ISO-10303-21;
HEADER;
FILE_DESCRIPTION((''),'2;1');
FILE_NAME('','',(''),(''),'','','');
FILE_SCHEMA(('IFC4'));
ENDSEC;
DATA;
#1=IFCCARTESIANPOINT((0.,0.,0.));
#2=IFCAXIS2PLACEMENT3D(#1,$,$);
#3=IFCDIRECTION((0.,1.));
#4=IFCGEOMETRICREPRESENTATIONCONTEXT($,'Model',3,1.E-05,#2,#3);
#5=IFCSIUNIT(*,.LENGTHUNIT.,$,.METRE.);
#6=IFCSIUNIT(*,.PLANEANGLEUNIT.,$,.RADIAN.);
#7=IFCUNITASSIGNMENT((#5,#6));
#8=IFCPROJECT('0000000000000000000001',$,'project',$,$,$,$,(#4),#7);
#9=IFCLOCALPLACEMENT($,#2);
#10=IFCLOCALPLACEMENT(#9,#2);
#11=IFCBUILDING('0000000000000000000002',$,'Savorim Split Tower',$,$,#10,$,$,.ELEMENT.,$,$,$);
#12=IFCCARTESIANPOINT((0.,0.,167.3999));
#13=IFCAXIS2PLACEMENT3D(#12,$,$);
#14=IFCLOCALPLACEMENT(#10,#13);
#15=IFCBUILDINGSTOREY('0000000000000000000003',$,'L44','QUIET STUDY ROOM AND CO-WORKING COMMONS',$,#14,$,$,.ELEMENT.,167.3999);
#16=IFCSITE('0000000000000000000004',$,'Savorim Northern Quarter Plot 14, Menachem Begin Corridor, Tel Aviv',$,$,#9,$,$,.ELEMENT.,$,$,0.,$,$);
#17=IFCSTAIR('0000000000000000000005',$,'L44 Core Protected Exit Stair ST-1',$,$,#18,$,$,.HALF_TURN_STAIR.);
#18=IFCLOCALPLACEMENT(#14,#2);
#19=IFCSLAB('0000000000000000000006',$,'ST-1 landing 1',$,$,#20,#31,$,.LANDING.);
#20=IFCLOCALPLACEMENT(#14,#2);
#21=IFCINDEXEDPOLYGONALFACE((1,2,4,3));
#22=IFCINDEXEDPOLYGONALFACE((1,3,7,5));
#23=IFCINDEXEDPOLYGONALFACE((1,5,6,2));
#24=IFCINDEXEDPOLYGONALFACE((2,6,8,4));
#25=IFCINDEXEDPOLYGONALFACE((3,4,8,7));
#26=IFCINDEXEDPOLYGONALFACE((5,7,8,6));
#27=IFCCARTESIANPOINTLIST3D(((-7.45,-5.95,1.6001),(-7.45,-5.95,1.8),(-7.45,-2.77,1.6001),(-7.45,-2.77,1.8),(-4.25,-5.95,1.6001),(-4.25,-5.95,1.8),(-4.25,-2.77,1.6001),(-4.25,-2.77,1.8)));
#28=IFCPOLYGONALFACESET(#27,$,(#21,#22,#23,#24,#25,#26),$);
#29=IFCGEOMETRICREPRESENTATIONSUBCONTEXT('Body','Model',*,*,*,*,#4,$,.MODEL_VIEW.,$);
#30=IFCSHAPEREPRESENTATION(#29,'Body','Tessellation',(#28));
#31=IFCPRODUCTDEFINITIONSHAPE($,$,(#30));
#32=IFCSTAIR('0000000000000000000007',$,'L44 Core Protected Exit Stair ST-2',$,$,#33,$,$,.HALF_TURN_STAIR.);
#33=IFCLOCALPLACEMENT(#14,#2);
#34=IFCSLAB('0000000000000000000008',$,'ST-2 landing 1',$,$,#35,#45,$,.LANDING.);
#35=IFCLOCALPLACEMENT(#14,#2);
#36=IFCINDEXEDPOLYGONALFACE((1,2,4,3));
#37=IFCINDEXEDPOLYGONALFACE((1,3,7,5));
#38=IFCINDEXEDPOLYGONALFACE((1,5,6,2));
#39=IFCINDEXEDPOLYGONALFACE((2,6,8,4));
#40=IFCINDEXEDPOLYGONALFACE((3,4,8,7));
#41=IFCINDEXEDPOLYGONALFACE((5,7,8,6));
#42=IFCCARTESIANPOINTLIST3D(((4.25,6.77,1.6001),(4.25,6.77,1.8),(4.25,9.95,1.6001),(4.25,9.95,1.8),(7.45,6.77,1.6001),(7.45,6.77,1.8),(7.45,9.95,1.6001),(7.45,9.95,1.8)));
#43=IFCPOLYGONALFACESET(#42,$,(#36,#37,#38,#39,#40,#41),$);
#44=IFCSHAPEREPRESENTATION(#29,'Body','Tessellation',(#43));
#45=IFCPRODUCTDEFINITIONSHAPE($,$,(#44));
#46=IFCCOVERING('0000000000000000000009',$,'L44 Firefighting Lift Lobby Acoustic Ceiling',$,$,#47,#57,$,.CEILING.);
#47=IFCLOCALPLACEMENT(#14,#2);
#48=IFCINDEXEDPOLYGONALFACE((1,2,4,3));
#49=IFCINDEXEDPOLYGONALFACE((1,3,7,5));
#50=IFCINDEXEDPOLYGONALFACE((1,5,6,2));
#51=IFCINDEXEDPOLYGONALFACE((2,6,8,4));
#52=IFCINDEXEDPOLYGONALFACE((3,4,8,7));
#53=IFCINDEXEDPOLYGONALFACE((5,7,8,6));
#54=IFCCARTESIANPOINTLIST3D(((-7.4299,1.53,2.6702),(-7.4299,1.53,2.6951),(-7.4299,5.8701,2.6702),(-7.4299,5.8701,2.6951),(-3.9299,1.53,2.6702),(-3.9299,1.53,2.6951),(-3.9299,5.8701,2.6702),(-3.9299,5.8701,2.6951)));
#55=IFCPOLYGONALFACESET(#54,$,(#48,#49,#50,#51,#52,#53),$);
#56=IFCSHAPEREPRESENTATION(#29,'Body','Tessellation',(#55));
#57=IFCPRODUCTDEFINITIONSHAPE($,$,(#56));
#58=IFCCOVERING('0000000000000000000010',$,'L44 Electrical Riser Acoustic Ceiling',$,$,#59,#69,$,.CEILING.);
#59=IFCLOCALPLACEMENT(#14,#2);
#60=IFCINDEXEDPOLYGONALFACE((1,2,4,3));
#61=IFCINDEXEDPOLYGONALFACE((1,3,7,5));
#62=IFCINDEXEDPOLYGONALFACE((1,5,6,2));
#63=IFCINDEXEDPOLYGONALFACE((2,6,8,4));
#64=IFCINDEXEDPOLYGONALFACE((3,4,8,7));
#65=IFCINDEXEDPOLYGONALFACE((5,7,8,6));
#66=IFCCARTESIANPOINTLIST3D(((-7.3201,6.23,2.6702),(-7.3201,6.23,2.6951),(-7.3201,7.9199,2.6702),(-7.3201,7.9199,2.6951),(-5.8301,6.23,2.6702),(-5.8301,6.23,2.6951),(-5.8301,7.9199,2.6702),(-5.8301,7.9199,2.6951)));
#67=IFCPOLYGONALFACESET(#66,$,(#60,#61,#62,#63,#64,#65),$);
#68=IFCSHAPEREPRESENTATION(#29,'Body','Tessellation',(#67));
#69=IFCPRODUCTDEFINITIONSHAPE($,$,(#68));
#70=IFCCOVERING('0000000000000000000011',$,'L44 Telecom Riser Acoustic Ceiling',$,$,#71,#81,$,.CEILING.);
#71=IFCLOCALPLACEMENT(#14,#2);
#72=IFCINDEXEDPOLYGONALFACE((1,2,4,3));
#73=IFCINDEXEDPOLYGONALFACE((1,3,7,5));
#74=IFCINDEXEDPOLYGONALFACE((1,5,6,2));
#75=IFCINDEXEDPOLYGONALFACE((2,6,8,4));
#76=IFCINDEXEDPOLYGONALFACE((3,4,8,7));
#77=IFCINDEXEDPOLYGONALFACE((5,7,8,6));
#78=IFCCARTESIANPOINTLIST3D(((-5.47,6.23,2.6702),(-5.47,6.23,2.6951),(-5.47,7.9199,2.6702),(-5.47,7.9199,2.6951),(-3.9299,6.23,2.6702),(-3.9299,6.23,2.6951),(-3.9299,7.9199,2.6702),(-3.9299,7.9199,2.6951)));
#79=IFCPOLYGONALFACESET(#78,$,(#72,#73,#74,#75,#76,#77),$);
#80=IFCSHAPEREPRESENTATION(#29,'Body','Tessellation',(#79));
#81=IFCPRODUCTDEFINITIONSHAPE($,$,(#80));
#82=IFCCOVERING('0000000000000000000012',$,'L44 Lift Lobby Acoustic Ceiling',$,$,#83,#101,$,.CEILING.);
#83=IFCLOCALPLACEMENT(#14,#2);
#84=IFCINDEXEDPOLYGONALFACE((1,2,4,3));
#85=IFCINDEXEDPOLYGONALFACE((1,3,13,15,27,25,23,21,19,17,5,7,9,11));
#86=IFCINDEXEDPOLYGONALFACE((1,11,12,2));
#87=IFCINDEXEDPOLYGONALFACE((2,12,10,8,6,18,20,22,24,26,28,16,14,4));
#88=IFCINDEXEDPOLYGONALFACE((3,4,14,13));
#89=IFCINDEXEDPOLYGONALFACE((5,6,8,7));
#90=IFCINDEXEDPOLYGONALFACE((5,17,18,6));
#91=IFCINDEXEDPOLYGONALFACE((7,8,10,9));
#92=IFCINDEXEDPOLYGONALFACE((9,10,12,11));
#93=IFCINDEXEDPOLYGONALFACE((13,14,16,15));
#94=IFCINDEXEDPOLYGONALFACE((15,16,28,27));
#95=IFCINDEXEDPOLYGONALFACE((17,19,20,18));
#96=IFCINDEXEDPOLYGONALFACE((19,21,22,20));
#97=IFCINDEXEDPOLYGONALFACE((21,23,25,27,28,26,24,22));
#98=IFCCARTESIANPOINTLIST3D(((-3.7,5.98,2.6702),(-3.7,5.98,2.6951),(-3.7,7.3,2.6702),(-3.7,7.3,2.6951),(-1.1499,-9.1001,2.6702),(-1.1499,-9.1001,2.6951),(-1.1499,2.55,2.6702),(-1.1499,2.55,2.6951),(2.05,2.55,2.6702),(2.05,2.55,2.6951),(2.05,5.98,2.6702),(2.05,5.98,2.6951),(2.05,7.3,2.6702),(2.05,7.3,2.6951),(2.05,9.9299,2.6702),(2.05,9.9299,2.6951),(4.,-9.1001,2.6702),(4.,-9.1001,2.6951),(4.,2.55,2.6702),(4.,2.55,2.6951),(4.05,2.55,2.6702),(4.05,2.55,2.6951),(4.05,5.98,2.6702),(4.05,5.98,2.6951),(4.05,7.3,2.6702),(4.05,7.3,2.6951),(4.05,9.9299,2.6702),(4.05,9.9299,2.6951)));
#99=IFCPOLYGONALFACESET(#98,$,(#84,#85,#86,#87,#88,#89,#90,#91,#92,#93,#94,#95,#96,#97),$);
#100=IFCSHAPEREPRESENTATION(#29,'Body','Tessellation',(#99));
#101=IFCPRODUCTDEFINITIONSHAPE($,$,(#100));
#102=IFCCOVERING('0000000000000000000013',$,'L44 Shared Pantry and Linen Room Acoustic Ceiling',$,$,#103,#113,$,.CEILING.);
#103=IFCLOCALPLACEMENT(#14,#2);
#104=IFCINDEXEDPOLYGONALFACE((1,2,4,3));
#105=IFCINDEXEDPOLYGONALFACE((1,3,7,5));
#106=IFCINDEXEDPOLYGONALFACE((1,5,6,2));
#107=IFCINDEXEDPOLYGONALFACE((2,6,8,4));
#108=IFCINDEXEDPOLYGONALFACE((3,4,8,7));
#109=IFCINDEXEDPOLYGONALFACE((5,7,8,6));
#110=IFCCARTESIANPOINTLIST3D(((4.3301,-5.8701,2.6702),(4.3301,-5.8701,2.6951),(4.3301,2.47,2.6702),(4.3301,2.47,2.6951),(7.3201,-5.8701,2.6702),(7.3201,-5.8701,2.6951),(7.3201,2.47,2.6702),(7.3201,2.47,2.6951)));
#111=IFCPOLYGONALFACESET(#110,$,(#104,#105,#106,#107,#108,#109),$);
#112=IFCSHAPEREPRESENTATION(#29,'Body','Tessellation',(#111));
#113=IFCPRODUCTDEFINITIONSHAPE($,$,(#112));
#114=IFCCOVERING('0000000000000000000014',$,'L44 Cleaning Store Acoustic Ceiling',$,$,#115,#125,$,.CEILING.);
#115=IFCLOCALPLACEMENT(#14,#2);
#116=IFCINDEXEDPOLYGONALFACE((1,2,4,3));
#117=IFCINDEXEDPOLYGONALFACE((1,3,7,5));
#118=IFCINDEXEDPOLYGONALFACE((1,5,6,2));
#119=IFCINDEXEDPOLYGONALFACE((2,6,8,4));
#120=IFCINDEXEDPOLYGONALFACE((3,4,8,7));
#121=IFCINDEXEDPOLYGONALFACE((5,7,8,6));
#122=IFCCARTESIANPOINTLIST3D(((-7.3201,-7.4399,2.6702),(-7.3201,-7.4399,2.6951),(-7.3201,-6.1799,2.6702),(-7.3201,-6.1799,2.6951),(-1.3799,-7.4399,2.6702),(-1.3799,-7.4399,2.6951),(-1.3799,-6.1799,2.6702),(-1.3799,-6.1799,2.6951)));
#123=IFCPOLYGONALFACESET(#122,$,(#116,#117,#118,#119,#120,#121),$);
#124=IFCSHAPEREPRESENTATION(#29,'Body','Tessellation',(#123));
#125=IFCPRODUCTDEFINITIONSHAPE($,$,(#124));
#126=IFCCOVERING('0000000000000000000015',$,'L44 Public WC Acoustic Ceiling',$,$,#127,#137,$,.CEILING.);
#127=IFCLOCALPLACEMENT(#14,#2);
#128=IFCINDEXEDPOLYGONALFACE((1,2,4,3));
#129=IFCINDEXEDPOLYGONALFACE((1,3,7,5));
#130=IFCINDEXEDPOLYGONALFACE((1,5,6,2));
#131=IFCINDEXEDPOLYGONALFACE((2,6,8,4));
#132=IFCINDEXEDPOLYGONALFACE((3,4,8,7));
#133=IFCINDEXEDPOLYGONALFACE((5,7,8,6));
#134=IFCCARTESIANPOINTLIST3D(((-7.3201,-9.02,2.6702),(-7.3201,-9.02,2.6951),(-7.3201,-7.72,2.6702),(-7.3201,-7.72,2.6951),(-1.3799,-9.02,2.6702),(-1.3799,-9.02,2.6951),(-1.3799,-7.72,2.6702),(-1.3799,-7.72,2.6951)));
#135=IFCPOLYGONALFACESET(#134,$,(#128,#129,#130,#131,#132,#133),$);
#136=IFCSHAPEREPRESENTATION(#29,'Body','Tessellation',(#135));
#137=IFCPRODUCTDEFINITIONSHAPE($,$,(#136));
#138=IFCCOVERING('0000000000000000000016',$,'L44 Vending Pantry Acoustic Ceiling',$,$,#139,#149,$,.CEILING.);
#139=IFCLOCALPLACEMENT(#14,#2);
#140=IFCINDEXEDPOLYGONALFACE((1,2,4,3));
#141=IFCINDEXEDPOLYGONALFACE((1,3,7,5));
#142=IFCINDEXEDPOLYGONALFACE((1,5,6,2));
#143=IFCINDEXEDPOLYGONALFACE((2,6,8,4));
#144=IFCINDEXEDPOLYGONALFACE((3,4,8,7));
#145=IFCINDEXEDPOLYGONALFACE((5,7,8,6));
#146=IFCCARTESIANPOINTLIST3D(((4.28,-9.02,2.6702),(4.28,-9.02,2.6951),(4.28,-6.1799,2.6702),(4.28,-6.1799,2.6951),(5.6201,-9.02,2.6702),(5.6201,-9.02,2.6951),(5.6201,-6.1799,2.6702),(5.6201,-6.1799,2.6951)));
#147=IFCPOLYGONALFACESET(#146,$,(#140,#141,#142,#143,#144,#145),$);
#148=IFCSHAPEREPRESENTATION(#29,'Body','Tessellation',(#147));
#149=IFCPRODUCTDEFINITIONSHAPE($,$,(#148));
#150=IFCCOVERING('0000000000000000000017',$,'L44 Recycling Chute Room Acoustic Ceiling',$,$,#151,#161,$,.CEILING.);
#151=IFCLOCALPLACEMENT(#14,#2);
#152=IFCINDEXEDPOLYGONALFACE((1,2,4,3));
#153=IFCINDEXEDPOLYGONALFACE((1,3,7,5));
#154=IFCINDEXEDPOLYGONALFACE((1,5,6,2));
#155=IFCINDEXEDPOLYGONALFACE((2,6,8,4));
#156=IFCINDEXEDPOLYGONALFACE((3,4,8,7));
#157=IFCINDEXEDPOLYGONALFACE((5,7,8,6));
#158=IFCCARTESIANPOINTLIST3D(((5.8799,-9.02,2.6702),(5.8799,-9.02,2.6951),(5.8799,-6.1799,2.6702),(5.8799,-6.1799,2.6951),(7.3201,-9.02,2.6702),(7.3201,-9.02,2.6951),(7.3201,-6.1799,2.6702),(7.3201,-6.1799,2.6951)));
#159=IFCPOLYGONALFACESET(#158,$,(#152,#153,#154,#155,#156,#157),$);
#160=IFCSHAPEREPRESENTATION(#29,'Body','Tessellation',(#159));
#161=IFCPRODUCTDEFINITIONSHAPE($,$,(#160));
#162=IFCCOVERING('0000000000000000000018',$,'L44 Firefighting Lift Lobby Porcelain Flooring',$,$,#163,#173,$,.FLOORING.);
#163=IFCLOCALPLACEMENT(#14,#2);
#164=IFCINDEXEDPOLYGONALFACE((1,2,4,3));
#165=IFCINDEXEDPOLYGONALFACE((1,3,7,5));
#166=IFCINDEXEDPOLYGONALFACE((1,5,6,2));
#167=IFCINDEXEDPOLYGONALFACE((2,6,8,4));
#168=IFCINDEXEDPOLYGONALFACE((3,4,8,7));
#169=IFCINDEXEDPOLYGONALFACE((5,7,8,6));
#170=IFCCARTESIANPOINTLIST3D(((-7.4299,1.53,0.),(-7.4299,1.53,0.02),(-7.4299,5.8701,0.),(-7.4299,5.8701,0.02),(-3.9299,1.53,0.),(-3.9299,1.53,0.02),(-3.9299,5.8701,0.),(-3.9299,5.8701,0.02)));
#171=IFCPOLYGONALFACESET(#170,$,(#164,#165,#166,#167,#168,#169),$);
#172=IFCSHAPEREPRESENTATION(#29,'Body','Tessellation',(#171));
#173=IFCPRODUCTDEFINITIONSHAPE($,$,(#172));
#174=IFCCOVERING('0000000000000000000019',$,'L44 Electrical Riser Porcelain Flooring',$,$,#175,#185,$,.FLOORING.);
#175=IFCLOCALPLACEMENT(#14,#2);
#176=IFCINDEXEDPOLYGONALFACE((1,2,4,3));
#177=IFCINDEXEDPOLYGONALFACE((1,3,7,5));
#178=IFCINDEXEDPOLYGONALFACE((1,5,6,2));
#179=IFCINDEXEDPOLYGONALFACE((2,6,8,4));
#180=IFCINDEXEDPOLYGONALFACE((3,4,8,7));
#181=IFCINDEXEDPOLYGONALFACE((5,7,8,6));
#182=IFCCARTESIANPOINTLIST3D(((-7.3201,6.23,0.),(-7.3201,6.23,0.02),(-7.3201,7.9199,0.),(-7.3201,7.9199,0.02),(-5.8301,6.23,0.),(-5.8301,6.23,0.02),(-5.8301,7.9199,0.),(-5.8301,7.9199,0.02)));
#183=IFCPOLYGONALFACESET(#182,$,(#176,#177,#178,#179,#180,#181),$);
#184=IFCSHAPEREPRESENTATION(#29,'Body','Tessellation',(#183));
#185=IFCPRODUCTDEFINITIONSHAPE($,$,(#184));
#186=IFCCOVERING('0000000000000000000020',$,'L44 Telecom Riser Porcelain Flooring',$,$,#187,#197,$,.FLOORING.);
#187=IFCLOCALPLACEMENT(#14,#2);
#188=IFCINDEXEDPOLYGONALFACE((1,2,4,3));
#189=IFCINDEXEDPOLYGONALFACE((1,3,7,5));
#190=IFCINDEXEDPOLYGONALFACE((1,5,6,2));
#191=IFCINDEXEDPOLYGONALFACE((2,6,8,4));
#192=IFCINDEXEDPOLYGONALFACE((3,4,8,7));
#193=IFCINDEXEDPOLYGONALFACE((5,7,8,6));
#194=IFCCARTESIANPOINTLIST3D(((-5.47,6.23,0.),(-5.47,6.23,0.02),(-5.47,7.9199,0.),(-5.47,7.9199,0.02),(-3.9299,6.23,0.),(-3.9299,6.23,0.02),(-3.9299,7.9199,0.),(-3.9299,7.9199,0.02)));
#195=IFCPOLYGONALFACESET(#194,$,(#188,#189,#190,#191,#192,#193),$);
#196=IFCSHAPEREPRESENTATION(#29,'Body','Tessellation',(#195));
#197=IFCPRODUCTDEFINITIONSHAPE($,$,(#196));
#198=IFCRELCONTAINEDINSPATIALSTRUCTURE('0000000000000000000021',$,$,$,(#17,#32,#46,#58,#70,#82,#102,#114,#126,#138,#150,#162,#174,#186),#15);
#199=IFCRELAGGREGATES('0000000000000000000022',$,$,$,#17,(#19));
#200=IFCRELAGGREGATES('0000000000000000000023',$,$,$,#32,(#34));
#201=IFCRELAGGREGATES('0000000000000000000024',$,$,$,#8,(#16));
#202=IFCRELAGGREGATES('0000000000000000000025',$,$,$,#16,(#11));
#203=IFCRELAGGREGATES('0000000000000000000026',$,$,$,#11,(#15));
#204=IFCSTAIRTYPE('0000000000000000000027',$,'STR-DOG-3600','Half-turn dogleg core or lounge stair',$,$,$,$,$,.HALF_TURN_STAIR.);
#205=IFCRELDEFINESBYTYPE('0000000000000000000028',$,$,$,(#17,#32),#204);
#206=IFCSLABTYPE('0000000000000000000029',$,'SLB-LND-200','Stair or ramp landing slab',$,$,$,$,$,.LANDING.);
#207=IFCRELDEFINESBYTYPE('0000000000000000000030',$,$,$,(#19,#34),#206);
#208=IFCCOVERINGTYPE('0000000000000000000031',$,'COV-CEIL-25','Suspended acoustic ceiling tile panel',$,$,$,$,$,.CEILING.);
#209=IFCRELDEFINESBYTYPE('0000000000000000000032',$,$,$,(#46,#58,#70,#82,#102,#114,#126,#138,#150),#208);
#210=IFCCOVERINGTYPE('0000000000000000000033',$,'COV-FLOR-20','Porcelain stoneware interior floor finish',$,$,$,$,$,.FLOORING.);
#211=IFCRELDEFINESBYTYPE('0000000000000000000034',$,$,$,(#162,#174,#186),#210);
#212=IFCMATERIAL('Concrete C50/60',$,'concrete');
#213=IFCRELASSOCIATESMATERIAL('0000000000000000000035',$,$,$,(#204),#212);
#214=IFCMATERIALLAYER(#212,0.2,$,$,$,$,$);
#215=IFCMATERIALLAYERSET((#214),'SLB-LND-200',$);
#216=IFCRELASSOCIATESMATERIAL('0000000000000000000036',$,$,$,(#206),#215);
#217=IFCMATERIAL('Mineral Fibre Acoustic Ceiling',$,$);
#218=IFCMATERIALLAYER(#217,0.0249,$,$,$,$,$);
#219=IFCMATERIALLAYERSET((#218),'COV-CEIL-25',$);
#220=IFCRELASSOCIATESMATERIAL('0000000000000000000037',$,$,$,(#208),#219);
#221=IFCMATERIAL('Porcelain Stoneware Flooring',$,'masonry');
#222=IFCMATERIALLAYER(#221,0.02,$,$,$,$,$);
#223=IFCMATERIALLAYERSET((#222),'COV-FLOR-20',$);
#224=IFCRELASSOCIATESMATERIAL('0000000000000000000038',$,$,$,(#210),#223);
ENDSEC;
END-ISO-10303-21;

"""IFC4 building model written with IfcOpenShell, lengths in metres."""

from ifc_helpers import new_model, si_unit, direction, frame, origin, place, context, subcontext, project, spatial, polyline, outline, extrude, material, layer, layer_set, type_object, element, aggregate, save


model = new_model("IFC4")

# Units and contexts
model_context = context("Model", 3, precision=1e-05, world=origin(), true_north=direction((0.0, 1.0)))
body_context = subcontext(model_context, "Body", "Model", "MODEL_VIEW")
ifc_project = project(units=[si_unit("LENGTHUNIT", "METRE"), si_unit("PLANEANGLEUNIT", "RADIAN")], contexts=[model_context])

# Site, building, storey
site_placement = place(None, origin())
site = spatial("IfcSite", under=ifc_project, at=site_placement, Name="Savorim Northern Quarter Plot 14, Menachem Begin Corridor, Tel Aviv", CompositionType="ELEMENT", RefElevation=0.0)
building_placement = place(site_placement, origin())
building = spatial("IfcBuilding", under=site, at=building_placement, Name="Savorim Split Tower", CompositionType="ELEMENT")
storey_placement = place(building_placement, frame((0.0, 0.0, 167.3999)))
storey = spatial("IfcBuildingStorey", under=building, at=storey_placement, Name="L44", Description="QUIET STUDY ROOM AND CO-WORKING COMMONS", CompositionType="ELEMENT", Elevation=167.3999)

# Stairs, slabs
ifc_material_1 = material(Name="Concrete C50/60", Category="concrete")
stair_type = type_object("IfcStairType", Name="STR-DOG-3600", Description="Half-turn dogleg core or lounge stair", PredefinedType="HALF_TURN_STAIR", material=ifc_material_1)
stair_1_placement = place(storey_placement, origin())
stair_1 = element("IfcStair", 1, at=stair_1_placement, inside=storey, type_object=stair_type, Name="L44 Core Protected Exit Stair ST-1", PredefinedType="HALF_TURN_STAIR")
ifc_layer_1 = layer(ifc_material_1, 0.2)
ifc_layer_set_1 = layer_set([ifc_layer_1], Name="SLB-LND-200")
slab_type = type_object("IfcSlabType", Name="SLB-LND-200", Description="Stair or ramp landing slab", PredefinedType="LANDING", material=ifc_layer_set_1)
slab_1_placement = place(storey_placement, frame((0.0, 0.0, 1.6001)))
slab_1 = element("IfcSlab", 2, at=slab_1_placement, type_object=slab_type, Name="ST-1 landing 1", PredefinedType="LANDING", context=body_context, shape_type="SweptSolid", body=[
    extrude(outline(polyline([(-7.45, -2.77), (-7.45, -5.95), (-4.25, -5.95), (-4.25, -2.77), (-7.45, -2.77)])), origin(), (0.0, 0.0, 1.0), 0.2),
])
aggregate(stair_1, [slab_1])
stair_2_placement = place(storey_placement, origin())
stair_2 = element("IfcStair", 3, at=stair_2_placement, inside=storey, type_object=stair_type, Name="L44 Core Protected Exit Stair ST-2", PredefinedType="HALF_TURN_STAIR")
slab_2_placement = place(storey_placement, frame((0.0, 0.0, 1.6001)))
slab_2 = element("IfcSlab", 4, at=slab_2_placement, type_object=slab_type, Name="ST-2 landing 1", PredefinedType="LANDING", context=body_context, shape_type="SweptSolid", body=[
    extrude(outline(polyline([(7.45, 6.77), (7.45, 9.95), (4.25, 9.95), (4.25, 6.77), (7.45, 6.77)])), origin(), (0.0, 0.0, 1.0), 0.2),
])
aggregate(stair_2, [slab_2])

# Coverings
ifc_material_2 = material(Name="Mineral Fibre Acoustic Ceiling")
ifc_layer_2 = layer(ifc_material_2, 0.0249)
ifc_layer_set_2 = layer_set([ifc_layer_2], Name="COV-CEIL-25")
covering_type_1 = type_object("IfcCoveringType", Name="COV-CEIL-25", Description="Suspended acoustic ceiling tile panel", PredefinedType="CEILING", material=ifc_layer_set_2)
covering_1_placement = place(storey_placement, frame((0.0, 0.0, 2.6702)))
element("IfcCovering", 5, at=covering_1_placement, inside=storey, type_object=covering_type_1, Name="L44 Firefighting Lift Lobby Acoustic Ceiling", PredefinedType="CEILING", context=body_context, shape_type="SweptSolid", body=[
    extrude(outline(polyline([(-7.4299, 5.8701), (-7.4299, 1.53), (-3.9299, 1.53), (-3.9299, 5.8701), (-7.4299, 5.8701)])), origin(), (0.0, 0.0, 1.0), 0.0249),
])
covering_2_placement = place(storey_placement, frame((0.0, 0.0, 2.6702)))
element("IfcCovering", 6, at=covering_2_placement, inside=storey, type_object=covering_type_1, Name="L44 Electrical Riser Acoustic Ceiling", PredefinedType="CEILING", context=body_context, shape_type="SweptSolid", body=[
    extrude(outline(polyline([(-7.3201, 7.9199), (-7.3201, 6.23), (-5.8301, 6.23), (-5.8301, 7.9199), (-7.3201, 7.9199)])), origin(), (0.0, 0.0, 1.0), 0.0249),
])
covering_3_placement = place(storey_placement, frame((0.0, 0.0, 2.6702)))
element("IfcCovering", 7, at=covering_3_placement, inside=storey, type_object=covering_type_1, Name="L44 Telecom Riser Acoustic Ceiling", PredefinedType="CEILING", context=body_context, shape_type="SweptSolid", body=[
    extrude(outline(polyline([(-5.47, 7.9199), (-5.47, 6.23), (-3.9299, 6.23), (-3.9299, 7.9199), (-5.47, 7.9199)])), origin(), (0.0, 0.0, 1.0), 0.0249),
])
covering_4_placement = place(storey_placement, frame((0.0, 0.0, 2.6702)))
element("IfcCovering", 8, at=covering_4_placement, inside=storey, type_object=covering_type_1, Name="L44 Lift Lobby Acoustic Ceiling", PredefinedType="CEILING", context=body_context, shape_type="SweptSolid", body=[
    extrude(outline(polyline([(2.05, 2.55), (-1.1499, 2.55), (-1.1499, -9.1001), (4.0, -9.1001), (4.0, 2.55), (4.05, 2.55), (4.05, 5.98), (4.05, 7.3), (4.05, 9.9299), (2.05, 9.9299), (2.05, 7.3), (-3.7, 7.3), (-3.7, 5.98), (2.05, 5.98), (2.05, 2.55)])), origin(), (0.0, 0.0, 1.0), 0.0249),
])
covering_5_placement = place(storey_placement, frame((0.0, 0.0, 2.6702)))
element("IfcCovering", 9, at=covering_5_placement, inside=storey, type_object=covering_type_1, Name="L44 Shared Pantry and Linen Room Acoustic Ceiling", PredefinedType="CEILING", context=body_context, shape_type="SweptSolid", body=[
    extrude(outline(polyline([(4.3301, 2.47), (4.3301, -5.8701), (7.3201, -5.8701), (7.3201, 2.47), (4.3301, 2.47)])), origin(), (0.0, 0.0, 1.0), 0.0249),
])
covering_6_placement = place(storey_placement, frame((0.0, 0.0, 2.6702)))
element("IfcCovering", 10, at=covering_6_placement, inside=storey, type_object=covering_type_1, Name="L44 Cleaning Store Acoustic Ceiling", PredefinedType="CEILING", context=body_context, shape_type="SweptSolid", body=[
    extrude(outline(polyline([(-7.3201, -6.1799), (-7.3201, -7.4399), (-1.3799, -7.4399), (-1.3799, -6.1799), (-7.3201, -6.1799)])), origin(), (0.0, 0.0, 1.0), 0.0249),
])
covering_7_placement = place(storey_placement, frame((0.0, 0.0, 2.6702)))
element("IfcCovering", 11, at=covering_7_placement, inside=storey, type_object=covering_type_1, Name="L44 Public WC Acoustic Ceiling", PredefinedType="CEILING", context=body_context, shape_type="SweptSolid", body=[
    extrude(outline(polyline([(-7.3201, -7.72), (-7.3201, -9.02), (-1.3799, -9.02), (-1.3799, -7.72), (-7.3201, -7.72)])), origin(), (0.0, 0.0, 1.0), 0.0249),
])
covering_8_placement = place(storey_placement, frame((0.0, 0.0, 2.6702)))
element("IfcCovering", 12, at=covering_8_placement, inside=storey, type_object=covering_type_1, Name="L44 Vending Pantry Acoustic Ceiling", PredefinedType="CEILING", context=body_context, shape_type="SweptSolid", body=[
    extrude(outline(polyline([(4.28, -6.1799), (4.28, -9.02), (5.6201, -9.02), (5.6201, -6.1799), (4.28, -6.1799)])), origin(), (0.0, 0.0, 1.0), 0.0249),
])
covering_9_placement = place(storey_placement, frame((0.0, 0.0, 2.6702)))
element("IfcCovering", 13, at=covering_9_placement, inside=storey, type_object=covering_type_1, Name="L44 Recycling Chute Room Acoustic Ceiling", PredefinedType="CEILING", context=body_context, shape_type="SweptSolid", body=[
    extrude(outline(polyline([(5.8799, -6.1799), (5.8799, -9.02), (7.3201, -9.02), (7.3201, -6.1799), (5.8799, -6.1799)])), origin(), (0.0, 0.0, 1.0), 0.0249),
])
ifc_material_3 = material(Name="Porcelain Stoneware Flooring", Category="masonry")
ifc_layer_3 = layer(ifc_material_3, 0.02)
ifc_layer_set_3 = layer_set([ifc_layer_3], Name="COV-FLOR-20")
covering_type_2 = type_object("IfcCoveringType", Name="COV-FLOR-20", Description="Porcelain stoneware interior floor finish", PredefinedType="FLOORING", material=ifc_layer_set_3)
covering_10_placement = place(storey_placement, origin())
element("IfcCovering", 14, at=covering_10_placement, inside=storey, type_object=covering_type_2, Name="L44 Firefighting Lift Lobby Porcelain Flooring", PredefinedType="FLOORING", context=body_context, shape_type="SweptSolid", body=[
    extrude(outline(polyline([(-7.4299, 5.8701), (-7.4299, 1.53), (-3.9299, 1.53), (-3.9299, 5.8701), (-7.4299, 5.8701)])), origin(), (0.0, 0.0, 1.0), 0.02),
])
covering_11_placement = place(storey_placement, origin())
element("IfcCovering", 15, at=covering_11_placement, inside=storey, type_object=covering_type_2, Name="L44 Electrical Riser Porcelain Flooring", PredefinedType="FLOORING", context=body_context, shape_type="SweptSolid", body=[
    extrude(outline(polyline([(-7.3201, 7.9199), (-7.3201, 6.23), (-5.8301, 6.23), (-5.8301, 7.9199), (-7.3201, 7.9199)])), origin(), (0.0, 0.0, 1.0), 0.02),
])
covering_12_placement = place(storey_placement, origin())
element("IfcCovering", 16, at=covering_12_placement, inside=storey, type_object=covering_type_2, Name="L44 Telecom Riser Porcelain Flooring", PredefinedType="FLOORING", context=body_context, shape_type="SweptSolid", body=[
    extrude(outline(polyline([(-5.47, 7.9199), (-5.47, 6.23), (-3.9299, 6.23), (-3.9299, 7.9199), (-5.47, 7.9199)])), origin(), (0.0, 0.0, 1.0), 0.02),
])

save(model, "model.ifc")
